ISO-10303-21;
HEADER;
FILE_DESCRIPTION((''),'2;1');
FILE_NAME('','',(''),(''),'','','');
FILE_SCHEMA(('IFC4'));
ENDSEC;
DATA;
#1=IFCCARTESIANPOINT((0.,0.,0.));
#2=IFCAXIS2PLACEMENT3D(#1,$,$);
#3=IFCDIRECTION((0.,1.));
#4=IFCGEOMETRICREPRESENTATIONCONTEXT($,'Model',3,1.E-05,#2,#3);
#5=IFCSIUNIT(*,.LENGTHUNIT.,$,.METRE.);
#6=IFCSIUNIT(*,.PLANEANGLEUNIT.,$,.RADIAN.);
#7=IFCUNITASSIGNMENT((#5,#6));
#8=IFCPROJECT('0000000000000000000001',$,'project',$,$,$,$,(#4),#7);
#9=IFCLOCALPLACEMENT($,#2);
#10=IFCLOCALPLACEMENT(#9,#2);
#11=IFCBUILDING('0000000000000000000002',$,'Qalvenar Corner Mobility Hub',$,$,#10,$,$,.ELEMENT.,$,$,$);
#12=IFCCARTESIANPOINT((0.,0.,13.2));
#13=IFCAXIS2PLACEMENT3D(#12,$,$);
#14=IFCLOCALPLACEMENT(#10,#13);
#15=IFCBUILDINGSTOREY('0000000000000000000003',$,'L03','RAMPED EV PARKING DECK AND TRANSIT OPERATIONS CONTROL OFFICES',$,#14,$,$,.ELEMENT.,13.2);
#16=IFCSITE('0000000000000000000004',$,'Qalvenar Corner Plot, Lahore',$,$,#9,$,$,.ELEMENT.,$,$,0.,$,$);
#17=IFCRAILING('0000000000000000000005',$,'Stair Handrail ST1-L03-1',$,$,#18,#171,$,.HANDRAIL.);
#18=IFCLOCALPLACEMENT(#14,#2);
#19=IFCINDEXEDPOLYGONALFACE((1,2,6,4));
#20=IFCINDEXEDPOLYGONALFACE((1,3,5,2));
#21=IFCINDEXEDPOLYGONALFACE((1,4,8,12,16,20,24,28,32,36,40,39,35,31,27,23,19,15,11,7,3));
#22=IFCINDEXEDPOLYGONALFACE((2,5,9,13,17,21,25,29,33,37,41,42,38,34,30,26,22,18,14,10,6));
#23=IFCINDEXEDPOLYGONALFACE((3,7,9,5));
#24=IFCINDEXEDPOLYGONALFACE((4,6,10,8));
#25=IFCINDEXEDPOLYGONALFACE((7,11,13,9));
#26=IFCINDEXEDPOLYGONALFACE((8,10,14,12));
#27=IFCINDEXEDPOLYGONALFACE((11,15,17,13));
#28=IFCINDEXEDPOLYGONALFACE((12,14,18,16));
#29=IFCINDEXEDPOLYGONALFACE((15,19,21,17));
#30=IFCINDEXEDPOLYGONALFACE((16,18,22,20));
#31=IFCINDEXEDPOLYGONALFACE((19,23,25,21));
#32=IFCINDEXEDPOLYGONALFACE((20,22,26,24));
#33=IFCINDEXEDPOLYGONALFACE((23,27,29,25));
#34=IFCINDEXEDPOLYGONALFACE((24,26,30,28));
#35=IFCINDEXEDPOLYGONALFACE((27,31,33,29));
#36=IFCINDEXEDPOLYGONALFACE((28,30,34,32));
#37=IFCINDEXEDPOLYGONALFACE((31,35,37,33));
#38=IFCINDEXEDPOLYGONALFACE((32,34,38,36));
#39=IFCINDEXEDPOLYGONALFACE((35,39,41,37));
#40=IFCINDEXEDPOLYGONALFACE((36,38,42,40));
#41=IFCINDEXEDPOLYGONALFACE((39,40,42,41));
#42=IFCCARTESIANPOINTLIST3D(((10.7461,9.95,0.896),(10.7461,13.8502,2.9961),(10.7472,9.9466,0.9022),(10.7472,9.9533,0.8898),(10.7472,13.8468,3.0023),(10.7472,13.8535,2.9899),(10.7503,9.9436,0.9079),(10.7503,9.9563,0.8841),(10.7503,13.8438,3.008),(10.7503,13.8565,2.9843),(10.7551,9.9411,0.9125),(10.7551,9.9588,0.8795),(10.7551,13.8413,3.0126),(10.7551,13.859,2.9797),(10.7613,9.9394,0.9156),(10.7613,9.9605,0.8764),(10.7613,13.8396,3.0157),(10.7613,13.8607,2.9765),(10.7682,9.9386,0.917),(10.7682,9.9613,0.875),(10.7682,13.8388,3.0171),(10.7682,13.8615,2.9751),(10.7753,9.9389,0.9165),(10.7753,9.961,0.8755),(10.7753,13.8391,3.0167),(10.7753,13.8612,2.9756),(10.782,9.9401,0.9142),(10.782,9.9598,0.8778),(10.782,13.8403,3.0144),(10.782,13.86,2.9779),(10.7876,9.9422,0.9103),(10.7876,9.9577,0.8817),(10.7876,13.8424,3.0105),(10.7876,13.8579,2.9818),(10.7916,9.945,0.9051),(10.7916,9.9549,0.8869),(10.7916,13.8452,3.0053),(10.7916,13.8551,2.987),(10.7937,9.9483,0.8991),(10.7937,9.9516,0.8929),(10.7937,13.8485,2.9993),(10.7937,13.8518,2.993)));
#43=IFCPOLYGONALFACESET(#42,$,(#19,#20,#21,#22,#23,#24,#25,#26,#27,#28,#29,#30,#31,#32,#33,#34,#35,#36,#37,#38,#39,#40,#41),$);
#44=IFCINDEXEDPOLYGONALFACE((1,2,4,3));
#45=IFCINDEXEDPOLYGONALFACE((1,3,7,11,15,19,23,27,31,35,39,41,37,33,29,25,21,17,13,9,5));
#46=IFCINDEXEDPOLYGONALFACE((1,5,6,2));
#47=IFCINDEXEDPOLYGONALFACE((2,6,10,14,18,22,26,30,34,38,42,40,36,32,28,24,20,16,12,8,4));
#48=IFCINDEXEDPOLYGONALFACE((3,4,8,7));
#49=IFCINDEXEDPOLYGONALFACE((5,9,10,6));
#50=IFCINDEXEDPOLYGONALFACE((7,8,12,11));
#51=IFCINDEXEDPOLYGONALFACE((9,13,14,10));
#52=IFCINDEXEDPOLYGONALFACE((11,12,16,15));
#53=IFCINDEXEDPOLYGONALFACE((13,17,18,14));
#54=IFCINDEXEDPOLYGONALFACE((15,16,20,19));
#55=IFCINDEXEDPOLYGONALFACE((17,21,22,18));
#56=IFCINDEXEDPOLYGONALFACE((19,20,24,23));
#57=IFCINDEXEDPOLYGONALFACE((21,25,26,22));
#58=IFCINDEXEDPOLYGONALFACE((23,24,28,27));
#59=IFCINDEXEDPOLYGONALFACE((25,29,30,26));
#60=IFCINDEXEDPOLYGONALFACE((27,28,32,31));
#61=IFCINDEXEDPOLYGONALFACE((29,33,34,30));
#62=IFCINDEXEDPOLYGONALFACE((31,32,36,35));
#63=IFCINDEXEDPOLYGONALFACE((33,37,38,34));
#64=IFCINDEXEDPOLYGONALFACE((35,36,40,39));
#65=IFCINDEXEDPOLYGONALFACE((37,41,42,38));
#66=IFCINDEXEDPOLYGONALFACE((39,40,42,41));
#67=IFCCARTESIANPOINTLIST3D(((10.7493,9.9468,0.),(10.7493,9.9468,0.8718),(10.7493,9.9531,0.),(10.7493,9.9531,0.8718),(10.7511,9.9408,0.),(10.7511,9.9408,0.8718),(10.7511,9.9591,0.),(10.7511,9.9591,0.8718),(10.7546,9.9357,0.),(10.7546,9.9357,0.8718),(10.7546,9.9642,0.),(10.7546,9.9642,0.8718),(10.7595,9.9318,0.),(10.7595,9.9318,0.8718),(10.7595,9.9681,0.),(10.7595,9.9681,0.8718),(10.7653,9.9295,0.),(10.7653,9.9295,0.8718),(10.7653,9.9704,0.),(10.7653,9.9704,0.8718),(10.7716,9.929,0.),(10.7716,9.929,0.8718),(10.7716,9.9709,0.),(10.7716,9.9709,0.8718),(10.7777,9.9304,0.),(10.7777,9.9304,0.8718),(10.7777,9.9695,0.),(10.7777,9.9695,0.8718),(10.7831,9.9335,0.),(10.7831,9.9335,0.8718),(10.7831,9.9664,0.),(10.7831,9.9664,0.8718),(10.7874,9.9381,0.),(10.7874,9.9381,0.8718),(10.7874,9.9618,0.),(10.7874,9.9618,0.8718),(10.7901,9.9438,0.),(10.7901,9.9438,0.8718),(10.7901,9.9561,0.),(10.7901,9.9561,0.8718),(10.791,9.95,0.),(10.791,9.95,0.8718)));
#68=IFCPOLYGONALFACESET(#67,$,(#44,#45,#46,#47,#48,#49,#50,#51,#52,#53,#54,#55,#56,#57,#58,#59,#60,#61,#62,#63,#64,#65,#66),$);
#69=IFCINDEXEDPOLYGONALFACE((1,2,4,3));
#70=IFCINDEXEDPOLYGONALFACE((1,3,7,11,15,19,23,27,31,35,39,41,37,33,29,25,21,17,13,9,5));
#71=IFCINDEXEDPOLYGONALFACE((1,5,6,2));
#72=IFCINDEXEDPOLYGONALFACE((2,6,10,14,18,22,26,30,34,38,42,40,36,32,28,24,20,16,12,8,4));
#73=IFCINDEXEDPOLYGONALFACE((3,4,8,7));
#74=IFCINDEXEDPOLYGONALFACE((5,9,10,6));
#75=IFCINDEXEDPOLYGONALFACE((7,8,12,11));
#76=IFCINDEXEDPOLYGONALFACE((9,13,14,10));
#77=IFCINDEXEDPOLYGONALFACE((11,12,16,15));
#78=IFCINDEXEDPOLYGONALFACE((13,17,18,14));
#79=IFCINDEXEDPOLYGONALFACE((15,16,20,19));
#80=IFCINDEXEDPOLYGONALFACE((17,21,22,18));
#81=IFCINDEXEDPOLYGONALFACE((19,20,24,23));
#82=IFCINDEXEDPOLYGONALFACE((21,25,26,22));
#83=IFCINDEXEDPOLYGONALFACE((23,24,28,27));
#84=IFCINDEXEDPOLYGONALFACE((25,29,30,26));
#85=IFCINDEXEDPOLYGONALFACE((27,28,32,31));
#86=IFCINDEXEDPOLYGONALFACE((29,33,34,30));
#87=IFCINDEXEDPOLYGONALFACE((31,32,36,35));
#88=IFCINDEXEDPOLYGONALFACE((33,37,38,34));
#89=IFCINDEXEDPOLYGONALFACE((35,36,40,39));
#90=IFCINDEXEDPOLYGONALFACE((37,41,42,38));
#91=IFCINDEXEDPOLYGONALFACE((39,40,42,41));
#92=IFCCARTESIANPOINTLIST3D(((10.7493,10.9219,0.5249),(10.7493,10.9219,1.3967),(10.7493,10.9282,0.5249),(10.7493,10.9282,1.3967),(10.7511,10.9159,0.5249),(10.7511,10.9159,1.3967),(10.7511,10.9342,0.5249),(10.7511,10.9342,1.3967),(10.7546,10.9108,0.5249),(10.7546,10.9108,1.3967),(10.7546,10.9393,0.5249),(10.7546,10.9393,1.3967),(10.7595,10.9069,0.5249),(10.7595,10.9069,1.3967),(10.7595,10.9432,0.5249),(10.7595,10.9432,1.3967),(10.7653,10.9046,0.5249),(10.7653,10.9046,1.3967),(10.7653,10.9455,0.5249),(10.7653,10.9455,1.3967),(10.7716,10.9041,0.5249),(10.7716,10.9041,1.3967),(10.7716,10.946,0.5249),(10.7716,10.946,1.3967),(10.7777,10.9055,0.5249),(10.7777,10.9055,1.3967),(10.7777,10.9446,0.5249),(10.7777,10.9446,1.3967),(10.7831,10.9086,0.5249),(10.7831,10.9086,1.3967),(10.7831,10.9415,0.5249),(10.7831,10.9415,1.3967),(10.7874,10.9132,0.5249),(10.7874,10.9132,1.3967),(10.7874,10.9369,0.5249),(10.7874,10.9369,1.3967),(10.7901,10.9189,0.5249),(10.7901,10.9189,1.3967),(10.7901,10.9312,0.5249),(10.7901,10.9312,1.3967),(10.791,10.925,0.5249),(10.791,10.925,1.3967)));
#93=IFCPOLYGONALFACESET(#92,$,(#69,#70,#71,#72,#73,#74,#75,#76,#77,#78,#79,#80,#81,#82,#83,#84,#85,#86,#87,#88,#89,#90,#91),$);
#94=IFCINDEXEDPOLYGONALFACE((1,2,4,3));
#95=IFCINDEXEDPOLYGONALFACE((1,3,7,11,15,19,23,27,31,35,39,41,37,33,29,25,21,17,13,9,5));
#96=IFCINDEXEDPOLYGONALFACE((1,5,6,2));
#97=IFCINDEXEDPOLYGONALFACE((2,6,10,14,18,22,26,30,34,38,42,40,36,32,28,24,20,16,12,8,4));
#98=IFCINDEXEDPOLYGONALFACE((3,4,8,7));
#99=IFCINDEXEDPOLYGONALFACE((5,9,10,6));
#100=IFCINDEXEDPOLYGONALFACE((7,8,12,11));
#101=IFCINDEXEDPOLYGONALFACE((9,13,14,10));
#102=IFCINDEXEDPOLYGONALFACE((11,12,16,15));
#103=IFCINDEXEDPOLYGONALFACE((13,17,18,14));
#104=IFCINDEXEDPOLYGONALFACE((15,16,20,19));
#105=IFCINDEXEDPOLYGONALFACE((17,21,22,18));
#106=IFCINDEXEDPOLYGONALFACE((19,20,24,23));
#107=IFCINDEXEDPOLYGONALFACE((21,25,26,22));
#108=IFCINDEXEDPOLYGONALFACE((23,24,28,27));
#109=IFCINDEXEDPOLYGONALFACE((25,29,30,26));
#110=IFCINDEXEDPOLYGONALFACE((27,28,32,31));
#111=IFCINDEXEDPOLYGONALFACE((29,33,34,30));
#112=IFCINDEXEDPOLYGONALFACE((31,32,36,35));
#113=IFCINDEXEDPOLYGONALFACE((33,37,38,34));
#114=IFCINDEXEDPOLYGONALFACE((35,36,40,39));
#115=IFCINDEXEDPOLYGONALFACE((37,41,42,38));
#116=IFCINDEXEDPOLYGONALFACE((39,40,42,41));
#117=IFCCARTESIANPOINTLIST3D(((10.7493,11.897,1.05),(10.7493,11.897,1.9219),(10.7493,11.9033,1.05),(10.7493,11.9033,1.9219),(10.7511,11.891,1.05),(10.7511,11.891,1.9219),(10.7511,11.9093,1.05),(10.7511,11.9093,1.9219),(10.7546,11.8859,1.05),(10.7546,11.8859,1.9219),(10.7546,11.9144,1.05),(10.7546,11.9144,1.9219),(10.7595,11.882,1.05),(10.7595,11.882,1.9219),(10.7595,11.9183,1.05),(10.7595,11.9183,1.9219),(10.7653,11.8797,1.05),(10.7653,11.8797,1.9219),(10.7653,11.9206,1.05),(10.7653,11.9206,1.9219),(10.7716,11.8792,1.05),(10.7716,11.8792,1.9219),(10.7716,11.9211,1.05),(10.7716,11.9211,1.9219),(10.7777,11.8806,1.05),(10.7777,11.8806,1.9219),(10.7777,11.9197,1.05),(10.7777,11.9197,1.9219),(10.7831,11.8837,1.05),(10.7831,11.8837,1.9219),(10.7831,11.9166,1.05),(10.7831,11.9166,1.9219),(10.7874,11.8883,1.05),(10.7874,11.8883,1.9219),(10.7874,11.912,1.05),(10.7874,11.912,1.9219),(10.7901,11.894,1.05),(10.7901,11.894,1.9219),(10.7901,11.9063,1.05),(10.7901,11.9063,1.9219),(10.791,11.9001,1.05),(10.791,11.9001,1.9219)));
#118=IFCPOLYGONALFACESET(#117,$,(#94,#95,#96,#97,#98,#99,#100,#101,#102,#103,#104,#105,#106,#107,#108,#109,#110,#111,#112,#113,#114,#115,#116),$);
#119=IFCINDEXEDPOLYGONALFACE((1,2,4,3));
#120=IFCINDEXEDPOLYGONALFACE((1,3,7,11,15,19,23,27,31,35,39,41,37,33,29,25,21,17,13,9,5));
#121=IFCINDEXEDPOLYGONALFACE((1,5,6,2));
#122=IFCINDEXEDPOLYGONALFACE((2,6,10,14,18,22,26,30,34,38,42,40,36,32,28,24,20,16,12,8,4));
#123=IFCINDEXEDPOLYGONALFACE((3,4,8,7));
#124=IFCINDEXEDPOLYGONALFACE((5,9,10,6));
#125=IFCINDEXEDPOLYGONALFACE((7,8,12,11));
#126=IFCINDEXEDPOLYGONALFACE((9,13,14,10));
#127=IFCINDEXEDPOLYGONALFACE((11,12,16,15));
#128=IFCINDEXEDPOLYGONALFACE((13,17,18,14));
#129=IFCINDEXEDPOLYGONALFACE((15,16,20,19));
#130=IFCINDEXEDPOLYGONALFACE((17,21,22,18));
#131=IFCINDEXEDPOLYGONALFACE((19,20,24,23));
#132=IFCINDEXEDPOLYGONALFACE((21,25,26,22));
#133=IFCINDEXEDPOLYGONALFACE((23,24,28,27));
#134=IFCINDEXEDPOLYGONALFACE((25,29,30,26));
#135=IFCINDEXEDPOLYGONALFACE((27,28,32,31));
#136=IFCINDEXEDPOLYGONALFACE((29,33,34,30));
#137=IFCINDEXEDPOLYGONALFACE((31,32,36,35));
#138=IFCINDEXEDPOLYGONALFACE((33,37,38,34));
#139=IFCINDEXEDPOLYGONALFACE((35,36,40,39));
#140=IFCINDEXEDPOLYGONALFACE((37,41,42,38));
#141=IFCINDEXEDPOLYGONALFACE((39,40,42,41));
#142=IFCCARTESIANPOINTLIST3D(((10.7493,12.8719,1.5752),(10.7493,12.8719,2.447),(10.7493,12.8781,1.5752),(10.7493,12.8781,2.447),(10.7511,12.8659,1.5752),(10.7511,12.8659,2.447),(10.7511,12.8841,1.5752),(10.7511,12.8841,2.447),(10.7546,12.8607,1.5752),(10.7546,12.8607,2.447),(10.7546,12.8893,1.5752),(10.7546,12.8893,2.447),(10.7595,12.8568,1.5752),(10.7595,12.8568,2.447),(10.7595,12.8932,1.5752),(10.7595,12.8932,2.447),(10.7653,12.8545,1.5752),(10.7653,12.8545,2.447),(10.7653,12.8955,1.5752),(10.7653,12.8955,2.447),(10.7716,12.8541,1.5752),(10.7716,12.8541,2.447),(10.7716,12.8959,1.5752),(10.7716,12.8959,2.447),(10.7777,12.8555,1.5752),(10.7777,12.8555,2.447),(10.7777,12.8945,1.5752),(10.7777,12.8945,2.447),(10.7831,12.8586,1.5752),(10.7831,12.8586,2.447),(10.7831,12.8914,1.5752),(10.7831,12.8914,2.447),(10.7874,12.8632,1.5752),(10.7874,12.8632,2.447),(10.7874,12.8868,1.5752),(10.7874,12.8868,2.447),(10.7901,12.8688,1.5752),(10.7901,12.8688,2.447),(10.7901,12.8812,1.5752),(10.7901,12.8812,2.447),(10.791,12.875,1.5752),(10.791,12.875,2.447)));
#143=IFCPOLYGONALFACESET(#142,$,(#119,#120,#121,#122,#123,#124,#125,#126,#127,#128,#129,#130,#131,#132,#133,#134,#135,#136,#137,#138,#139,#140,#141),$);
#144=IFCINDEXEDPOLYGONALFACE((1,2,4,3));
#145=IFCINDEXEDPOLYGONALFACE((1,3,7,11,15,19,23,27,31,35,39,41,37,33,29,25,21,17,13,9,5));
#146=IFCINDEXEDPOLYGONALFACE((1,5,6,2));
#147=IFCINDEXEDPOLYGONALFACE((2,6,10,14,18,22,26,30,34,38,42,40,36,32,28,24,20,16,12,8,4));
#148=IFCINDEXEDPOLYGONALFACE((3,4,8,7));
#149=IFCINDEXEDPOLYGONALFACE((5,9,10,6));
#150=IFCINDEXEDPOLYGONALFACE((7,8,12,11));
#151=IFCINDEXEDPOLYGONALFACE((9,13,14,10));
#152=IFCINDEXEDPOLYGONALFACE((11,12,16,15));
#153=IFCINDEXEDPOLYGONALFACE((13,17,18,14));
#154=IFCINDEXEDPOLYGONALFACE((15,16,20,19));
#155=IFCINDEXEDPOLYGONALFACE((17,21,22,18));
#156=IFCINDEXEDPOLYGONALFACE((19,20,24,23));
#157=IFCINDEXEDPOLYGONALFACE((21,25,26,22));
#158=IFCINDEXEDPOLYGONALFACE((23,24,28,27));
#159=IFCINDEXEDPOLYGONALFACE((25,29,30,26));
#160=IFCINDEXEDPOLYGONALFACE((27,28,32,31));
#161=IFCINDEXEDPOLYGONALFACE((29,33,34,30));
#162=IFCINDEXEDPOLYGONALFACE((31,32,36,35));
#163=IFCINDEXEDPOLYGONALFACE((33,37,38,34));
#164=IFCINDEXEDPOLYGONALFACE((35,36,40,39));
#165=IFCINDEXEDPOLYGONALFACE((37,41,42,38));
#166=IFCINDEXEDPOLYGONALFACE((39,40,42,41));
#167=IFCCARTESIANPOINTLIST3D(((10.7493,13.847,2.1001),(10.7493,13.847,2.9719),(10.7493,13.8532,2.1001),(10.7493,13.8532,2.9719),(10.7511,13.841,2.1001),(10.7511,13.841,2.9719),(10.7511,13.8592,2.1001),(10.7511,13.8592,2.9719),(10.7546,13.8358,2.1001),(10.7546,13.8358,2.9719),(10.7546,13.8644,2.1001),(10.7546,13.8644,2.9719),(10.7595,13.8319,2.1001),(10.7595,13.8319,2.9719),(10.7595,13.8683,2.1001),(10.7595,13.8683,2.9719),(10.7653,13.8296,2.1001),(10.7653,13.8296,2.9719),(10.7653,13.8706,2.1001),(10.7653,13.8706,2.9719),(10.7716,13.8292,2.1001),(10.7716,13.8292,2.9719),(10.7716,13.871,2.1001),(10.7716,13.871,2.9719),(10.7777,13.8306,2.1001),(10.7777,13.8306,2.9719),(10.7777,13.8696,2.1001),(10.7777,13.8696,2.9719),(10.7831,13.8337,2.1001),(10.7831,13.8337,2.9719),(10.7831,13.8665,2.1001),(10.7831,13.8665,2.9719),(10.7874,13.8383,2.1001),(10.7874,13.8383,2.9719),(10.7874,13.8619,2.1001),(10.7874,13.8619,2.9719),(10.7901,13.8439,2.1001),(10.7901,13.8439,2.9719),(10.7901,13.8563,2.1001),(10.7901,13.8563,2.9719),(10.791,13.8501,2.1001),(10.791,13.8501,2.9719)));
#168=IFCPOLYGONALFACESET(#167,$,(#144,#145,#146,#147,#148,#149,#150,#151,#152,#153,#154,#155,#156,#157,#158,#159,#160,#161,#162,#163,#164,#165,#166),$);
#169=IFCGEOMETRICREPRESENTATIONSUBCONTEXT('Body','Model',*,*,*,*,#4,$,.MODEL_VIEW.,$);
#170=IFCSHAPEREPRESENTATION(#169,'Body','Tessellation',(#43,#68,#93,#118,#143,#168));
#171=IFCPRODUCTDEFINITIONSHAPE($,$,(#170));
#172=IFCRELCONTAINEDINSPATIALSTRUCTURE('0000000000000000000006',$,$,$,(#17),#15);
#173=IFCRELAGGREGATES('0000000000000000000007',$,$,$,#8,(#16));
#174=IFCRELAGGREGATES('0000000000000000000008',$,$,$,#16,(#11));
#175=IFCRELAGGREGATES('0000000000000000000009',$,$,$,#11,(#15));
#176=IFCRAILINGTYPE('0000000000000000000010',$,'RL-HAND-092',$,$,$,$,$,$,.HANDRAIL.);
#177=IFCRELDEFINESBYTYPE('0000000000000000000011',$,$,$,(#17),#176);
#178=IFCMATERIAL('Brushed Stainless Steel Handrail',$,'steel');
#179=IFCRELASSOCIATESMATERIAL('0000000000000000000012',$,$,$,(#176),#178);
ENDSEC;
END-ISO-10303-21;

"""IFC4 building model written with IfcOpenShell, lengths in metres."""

from ifc_helpers import new_model, si_unit, direction, frame, origin, origin_2d, place, context, subcontext, project, spatial, circle, extrude, material, type_object, element, save


model = new_model("IFC4")

# Units and contexts
model_context = context("Model", 3, precision=1e-05, world=origin(), true_north=direction((0.0, 1.0)))
body_context = subcontext(model_context, "Body", "Model", "MODEL_VIEW")
ifc_project = project(units=[si_unit("LENGTHUNIT", "METRE"), si_unit("PLANEANGLEUNIT", "RADIAN")], contexts=[model_context])

# Site, building, storey
site_placement = place(None, origin())
site = spatial("IfcSite", under=ifc_project, at=site_placement, Name="Qalvenar Corner Plot, Lahore", CompositionType="ELEMENT", RefElevation=0.0)
building_placement = place(site_placement, origin())
building = spatial("IfcBuilding", under=site, at=building_placement, Name="Qalvenar Corner Mobility Hub", CompositionType="ELEMENT")
storey_placement = place(building_placement, frame((0.0, 0.0, 13.2)))
storey = spatial("IfcBuildingStorey", under=building, at=storey_placement, Name="L03", Description="RAMPED EV PARKING DECK AND TRANSIT OPERATIONS CONTROL OFFICES", CompositionType="ELEMENT", Elevation=13.2)

# Railing
ifc_material_1 = material(Name="Brushed Stainless Steel Handrail", Category="steel")
railing_type = type_object("IfcRailingType", Name="RL-HAND-092", PredefinedType="HANDRAIL", material=ifc_material_1)
railing_placement = place(storey_placement, frame((10.77, 9.95, 0.0)))
element("IfcRailing", 1, at=railing_placement, inside=storey, type_object=railing_type, Name="Stair Handrail ST1-L03-1", PredefinedType="HANDRAIL", context=body_context, shape_type="SweptSolid", body=[
    extrude(circle(Radius=0.0239, at=origin_2d()), frame((0.0, 0.0, 0.896), z_axis=(0.0, 0.880469, 0.474103), x_axis=(-1.0, 0.0, 0.0)), (0.0, 0.0, 1.0), 4.4297),
    extrude(circle(Radius=0.021, at=origin_2d()), origin(), (0.0, 0.0, 1.0), 0.8718),
    extrude(circle(Radius=0.021, at=origin_2d()), frame((0.0, 0.9751, 0.5249)), (0.0, 0.0, 1.0), 0.8718),
    extrude(circle(Radius=0.021, at=origin_2d()), frame((0.0, 1.9502, 1.05)), (0.0, 0.0, 1.0), 0.8718),
    extrude(circle(Radius=0.021, at=origin_2d()), frame((0.0, 2.925, 1.5752)), (0.0, 0.0, 1.0), 0.8718),
    extrude(circle(Radius=0.021, at=origin_2d()), frame((0.0, 3.9001, 2.1001)), (0.0, 0.0, 1.0), 0.8718),
])

save(model, "model.ifc")
